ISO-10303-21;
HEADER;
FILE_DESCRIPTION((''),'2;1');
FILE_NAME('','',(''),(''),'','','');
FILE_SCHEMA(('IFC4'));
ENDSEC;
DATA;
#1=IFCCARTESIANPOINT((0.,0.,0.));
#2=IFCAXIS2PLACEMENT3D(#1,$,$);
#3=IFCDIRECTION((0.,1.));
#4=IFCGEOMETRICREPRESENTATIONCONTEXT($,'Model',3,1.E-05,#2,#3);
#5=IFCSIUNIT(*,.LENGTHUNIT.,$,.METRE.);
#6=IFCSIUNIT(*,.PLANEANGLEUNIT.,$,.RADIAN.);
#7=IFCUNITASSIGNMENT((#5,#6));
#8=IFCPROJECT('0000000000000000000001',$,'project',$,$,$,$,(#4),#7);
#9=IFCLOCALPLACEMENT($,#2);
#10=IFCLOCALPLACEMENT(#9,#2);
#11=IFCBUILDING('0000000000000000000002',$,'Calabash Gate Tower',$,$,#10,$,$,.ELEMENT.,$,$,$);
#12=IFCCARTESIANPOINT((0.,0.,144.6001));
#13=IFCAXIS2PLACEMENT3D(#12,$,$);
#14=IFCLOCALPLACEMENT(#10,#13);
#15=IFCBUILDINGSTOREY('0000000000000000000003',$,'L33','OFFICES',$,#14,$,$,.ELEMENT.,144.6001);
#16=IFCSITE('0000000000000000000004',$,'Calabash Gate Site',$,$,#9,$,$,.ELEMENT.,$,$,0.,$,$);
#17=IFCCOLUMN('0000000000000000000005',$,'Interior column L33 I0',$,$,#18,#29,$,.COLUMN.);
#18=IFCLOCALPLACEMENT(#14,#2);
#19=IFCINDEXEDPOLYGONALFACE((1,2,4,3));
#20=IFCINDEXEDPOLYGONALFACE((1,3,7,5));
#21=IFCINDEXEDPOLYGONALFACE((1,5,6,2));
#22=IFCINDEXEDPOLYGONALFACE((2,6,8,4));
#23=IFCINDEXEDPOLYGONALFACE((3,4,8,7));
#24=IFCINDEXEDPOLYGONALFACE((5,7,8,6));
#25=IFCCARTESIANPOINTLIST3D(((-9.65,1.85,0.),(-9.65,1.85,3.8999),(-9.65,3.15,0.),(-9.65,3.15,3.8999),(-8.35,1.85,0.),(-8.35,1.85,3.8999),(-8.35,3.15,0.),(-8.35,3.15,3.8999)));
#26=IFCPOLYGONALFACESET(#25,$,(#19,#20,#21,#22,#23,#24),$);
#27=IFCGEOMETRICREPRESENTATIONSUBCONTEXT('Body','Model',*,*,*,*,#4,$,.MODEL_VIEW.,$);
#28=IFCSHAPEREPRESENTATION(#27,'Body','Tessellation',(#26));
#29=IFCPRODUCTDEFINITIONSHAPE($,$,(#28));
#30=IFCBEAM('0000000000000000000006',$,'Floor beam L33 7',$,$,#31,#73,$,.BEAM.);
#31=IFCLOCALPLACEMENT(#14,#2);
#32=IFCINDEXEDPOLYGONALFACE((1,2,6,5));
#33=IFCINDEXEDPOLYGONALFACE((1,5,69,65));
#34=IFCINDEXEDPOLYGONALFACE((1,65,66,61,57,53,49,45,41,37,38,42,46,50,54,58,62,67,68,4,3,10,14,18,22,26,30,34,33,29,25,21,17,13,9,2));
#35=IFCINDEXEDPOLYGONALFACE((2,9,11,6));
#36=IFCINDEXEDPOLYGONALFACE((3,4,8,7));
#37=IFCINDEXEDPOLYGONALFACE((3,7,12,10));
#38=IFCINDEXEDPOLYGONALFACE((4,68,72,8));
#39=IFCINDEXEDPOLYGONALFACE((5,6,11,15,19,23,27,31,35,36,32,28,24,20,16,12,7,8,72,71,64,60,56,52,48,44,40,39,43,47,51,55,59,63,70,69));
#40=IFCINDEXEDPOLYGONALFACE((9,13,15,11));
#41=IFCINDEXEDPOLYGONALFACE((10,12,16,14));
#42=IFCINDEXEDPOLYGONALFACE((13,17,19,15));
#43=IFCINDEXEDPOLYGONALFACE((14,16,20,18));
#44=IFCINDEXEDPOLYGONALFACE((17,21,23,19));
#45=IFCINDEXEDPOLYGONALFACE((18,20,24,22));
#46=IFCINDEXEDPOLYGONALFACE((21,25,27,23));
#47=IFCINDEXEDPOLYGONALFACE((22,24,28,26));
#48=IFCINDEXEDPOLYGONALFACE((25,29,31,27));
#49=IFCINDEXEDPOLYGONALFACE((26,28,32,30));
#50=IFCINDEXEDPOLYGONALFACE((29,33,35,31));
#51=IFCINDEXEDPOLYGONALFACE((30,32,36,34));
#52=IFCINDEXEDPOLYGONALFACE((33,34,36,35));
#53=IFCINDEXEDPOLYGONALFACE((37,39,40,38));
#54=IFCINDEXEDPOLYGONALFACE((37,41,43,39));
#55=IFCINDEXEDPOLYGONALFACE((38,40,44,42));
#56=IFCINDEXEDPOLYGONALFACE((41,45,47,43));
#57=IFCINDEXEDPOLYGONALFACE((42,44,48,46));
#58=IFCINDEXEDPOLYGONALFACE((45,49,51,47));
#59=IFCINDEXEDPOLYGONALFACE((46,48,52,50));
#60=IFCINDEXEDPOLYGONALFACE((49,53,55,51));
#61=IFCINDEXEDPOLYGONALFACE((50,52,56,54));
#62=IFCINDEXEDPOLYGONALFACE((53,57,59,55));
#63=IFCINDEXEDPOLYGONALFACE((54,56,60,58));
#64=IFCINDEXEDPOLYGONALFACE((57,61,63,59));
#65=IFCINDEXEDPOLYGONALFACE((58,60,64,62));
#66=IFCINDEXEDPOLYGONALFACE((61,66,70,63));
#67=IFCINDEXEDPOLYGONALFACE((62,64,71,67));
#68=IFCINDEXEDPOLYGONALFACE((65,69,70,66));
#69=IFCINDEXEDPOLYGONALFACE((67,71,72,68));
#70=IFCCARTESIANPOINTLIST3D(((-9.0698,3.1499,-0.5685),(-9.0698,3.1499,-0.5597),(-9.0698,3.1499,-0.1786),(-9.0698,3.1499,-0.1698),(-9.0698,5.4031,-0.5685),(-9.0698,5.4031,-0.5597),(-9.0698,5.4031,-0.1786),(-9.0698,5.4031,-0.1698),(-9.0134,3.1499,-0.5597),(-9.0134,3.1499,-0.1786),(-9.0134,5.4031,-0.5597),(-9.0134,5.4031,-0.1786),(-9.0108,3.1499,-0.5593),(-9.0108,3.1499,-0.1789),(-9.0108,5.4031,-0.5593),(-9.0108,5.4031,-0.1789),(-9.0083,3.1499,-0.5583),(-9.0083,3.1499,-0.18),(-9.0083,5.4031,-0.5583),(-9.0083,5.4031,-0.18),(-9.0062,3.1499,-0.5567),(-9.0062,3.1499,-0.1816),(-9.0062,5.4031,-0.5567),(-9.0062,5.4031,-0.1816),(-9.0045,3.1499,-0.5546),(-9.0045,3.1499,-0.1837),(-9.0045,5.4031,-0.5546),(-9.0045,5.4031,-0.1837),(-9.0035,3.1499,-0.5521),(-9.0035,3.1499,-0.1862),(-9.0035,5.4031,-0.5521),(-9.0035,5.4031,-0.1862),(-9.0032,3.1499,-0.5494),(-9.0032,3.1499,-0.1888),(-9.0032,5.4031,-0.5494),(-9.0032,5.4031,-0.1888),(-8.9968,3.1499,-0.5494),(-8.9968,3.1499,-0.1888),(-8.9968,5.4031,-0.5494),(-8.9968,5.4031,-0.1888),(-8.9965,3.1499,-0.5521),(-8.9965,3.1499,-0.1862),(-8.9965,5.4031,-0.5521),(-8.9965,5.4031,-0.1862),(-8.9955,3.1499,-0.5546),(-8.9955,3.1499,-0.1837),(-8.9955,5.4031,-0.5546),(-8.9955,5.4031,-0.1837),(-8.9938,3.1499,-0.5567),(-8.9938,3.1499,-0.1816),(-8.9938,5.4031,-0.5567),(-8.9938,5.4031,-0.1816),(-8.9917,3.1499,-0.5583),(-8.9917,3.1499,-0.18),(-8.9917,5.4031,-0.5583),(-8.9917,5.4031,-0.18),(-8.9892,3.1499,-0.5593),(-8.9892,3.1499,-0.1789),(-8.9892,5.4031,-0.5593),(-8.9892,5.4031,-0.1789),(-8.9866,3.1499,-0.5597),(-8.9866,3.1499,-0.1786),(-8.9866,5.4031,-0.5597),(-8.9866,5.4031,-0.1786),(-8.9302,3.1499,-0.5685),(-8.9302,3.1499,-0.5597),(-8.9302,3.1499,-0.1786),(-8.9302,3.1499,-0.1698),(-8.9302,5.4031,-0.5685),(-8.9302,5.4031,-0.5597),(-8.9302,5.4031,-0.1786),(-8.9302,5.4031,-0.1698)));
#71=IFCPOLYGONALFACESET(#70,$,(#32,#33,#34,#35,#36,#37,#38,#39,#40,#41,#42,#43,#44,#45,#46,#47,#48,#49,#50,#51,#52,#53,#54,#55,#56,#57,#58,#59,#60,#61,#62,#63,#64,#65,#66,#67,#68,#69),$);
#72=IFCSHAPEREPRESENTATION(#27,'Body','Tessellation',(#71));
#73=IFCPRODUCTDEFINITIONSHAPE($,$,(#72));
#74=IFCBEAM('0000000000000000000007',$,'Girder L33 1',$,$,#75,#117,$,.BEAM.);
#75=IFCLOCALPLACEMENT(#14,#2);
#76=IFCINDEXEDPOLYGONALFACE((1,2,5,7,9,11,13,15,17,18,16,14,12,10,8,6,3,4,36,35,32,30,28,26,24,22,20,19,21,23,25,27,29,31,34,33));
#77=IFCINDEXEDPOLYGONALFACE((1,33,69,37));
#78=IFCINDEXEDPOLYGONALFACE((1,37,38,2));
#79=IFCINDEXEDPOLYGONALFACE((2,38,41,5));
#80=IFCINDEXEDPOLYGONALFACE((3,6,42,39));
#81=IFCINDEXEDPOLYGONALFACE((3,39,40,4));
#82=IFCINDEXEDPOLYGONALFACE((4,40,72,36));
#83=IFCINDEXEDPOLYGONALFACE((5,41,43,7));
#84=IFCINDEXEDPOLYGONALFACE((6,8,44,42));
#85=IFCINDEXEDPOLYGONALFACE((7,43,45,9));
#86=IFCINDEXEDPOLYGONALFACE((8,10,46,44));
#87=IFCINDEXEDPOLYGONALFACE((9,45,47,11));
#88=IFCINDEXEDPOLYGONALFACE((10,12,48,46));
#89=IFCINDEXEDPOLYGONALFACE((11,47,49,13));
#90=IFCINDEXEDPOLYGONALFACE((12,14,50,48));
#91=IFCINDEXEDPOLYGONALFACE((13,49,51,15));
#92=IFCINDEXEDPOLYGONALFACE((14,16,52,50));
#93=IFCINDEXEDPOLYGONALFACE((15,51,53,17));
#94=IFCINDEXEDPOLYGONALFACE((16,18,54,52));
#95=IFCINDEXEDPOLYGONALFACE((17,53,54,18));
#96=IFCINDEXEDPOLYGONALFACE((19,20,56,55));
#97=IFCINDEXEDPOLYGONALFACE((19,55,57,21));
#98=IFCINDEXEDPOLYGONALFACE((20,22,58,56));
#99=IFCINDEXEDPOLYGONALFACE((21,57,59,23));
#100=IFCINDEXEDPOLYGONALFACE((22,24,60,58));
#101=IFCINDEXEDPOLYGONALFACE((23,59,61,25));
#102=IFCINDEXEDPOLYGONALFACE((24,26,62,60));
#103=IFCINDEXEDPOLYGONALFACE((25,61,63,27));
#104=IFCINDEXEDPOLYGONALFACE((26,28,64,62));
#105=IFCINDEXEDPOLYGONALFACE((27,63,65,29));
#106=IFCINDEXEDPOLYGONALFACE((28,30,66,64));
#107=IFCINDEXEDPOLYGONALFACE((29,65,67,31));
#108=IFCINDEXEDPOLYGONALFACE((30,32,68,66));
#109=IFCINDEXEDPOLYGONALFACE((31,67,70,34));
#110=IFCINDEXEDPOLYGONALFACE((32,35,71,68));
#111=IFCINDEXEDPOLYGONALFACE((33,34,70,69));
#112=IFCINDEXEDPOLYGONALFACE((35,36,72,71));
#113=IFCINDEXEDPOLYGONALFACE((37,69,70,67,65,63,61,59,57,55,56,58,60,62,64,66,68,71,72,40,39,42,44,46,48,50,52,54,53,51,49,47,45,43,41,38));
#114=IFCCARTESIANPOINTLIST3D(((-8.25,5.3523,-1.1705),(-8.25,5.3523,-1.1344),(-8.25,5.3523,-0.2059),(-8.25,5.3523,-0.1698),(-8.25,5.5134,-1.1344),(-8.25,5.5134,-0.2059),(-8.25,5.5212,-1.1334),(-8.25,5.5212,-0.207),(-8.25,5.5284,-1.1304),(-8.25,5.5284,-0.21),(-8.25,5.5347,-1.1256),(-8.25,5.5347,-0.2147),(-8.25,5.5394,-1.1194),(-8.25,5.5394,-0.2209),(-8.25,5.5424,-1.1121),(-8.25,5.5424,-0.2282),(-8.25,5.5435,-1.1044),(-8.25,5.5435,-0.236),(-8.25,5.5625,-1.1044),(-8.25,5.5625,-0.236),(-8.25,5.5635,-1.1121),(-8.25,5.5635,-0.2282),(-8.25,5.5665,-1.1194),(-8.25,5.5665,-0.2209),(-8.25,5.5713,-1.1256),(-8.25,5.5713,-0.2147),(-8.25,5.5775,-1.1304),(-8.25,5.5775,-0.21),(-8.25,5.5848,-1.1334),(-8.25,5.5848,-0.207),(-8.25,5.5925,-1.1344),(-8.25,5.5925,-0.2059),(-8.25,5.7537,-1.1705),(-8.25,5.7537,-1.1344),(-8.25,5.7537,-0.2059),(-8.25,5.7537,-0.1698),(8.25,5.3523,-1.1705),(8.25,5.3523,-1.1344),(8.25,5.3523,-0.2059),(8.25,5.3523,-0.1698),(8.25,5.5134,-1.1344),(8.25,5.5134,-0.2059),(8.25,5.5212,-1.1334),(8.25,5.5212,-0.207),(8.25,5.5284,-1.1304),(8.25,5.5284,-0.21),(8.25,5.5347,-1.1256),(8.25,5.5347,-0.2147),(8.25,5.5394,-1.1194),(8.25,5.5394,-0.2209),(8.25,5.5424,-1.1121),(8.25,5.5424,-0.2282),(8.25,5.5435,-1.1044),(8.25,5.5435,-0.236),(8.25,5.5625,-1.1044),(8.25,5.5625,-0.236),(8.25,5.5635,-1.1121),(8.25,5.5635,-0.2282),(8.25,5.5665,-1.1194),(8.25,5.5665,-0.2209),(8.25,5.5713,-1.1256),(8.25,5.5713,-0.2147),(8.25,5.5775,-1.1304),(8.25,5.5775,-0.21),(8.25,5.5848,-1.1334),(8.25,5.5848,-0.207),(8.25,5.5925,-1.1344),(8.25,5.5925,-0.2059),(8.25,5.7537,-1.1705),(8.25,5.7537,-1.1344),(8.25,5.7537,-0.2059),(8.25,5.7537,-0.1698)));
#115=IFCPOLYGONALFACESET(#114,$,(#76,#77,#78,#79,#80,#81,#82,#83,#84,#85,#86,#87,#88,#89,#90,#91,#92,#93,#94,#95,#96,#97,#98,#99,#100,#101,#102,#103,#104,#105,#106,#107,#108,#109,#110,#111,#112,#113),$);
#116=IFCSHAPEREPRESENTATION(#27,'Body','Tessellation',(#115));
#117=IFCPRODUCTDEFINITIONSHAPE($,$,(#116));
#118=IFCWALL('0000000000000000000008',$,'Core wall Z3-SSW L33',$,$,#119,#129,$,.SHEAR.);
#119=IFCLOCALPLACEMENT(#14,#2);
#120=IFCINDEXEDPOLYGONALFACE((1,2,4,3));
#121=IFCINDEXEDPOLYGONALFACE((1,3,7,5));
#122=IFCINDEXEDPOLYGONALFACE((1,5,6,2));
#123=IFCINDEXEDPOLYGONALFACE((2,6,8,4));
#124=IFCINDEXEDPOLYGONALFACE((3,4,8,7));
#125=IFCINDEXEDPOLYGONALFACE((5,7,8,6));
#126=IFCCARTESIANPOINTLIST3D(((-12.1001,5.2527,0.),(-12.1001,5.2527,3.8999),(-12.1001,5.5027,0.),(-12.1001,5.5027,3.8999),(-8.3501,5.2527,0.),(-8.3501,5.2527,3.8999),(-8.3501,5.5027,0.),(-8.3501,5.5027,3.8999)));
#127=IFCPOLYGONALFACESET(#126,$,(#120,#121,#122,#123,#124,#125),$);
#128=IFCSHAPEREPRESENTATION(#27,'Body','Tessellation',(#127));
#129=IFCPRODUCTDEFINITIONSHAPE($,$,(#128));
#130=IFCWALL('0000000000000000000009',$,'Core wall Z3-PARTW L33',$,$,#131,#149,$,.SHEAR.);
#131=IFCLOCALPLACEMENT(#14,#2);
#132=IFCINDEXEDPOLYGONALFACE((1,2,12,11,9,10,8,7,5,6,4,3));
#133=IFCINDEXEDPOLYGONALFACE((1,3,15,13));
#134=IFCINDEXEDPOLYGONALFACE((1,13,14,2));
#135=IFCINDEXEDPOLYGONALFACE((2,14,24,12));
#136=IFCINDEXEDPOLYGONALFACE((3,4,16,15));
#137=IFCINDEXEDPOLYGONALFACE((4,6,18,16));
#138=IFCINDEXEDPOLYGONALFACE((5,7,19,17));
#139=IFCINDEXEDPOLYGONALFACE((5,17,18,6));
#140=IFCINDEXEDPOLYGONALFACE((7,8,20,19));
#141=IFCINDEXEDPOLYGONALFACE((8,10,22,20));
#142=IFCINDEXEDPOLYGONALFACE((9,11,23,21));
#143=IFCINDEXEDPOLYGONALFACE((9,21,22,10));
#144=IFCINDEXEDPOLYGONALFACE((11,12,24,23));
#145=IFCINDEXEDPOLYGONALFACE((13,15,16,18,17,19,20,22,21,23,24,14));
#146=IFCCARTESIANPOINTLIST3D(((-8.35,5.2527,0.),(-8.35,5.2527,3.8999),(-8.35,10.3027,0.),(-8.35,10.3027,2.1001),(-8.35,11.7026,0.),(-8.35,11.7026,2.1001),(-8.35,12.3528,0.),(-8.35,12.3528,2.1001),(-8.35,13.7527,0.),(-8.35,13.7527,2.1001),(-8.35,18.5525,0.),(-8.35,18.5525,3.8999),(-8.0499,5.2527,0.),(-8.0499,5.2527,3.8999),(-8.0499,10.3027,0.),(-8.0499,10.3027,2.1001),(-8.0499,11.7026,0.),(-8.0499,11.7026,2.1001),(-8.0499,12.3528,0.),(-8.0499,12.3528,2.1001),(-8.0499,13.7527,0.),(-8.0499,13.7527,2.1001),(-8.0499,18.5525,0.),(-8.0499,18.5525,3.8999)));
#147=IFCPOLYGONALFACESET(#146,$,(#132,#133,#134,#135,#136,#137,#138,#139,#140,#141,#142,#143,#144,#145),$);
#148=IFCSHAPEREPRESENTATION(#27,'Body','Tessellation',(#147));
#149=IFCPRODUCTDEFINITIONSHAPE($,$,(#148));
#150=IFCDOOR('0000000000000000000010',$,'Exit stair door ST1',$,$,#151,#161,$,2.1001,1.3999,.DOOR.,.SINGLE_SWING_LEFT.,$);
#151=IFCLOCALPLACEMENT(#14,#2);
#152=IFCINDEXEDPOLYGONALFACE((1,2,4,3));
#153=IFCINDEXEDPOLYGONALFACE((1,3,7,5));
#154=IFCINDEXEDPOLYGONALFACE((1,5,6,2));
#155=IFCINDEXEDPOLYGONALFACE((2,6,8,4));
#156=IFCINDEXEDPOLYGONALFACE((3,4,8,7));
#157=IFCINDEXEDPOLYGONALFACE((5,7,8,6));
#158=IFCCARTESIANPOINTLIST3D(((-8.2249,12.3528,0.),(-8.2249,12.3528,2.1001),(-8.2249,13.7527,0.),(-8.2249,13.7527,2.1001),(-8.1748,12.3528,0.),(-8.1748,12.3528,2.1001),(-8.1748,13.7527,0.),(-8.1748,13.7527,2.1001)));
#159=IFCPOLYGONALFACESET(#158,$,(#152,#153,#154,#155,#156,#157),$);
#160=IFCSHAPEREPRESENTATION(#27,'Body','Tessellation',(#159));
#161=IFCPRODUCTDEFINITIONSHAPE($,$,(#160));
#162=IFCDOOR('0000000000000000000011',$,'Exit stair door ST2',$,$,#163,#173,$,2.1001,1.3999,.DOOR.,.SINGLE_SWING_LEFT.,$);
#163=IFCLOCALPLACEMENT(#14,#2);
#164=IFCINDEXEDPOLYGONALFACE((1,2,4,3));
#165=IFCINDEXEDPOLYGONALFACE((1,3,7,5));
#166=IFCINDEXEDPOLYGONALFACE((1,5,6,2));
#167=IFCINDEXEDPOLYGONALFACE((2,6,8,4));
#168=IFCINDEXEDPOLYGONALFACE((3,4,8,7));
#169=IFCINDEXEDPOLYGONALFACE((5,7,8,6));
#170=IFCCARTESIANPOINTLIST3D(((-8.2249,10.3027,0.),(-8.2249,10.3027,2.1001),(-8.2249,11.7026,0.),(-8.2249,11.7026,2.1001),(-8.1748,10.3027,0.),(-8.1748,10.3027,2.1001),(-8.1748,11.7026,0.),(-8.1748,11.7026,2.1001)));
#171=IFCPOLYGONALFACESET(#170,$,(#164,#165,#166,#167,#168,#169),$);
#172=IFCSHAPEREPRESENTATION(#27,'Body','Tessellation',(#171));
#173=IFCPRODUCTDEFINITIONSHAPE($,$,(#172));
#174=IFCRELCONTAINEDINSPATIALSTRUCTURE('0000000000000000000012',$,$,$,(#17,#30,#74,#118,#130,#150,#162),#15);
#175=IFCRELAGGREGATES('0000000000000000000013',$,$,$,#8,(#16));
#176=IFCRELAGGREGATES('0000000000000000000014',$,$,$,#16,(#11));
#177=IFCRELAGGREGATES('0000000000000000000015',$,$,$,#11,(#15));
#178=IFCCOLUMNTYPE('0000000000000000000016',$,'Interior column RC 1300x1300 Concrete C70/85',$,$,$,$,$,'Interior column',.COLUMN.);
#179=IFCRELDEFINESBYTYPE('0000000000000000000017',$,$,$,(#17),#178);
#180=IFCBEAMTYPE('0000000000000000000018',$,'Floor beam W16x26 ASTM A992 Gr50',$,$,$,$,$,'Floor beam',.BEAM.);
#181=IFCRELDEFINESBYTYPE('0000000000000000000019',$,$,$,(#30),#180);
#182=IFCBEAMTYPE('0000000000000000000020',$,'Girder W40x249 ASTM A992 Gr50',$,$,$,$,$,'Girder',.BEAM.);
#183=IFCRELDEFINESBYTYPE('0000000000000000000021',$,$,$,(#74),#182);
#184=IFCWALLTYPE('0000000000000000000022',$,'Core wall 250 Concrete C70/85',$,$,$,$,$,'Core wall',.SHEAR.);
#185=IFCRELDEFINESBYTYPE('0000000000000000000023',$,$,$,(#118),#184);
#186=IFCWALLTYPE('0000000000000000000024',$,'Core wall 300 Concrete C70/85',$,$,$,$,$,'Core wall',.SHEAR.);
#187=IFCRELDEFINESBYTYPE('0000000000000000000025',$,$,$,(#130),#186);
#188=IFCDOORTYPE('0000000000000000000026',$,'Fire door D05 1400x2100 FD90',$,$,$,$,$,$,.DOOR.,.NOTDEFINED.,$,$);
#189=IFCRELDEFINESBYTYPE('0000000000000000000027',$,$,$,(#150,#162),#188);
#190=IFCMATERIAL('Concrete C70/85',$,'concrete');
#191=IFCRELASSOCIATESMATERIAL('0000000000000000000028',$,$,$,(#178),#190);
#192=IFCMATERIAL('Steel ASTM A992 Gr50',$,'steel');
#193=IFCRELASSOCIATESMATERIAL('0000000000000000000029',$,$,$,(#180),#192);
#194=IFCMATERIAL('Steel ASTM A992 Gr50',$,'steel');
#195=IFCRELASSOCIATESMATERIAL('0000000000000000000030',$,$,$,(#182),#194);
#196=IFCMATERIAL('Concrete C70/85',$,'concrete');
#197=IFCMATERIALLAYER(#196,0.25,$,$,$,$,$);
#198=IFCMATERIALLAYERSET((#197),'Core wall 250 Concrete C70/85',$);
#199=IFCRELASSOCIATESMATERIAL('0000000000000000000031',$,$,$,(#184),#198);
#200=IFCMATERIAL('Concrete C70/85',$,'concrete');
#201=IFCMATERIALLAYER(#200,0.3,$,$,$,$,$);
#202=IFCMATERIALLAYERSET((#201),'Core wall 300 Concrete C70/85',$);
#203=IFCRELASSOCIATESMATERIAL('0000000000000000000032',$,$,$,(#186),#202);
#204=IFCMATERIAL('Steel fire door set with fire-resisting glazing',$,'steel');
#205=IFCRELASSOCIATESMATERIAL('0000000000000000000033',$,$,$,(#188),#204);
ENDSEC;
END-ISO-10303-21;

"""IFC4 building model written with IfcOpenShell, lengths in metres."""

from ifc_helpers import new_model, si_unit, direction, frame, frame_2d, origin, origin_2d, place, context, subcontext, project, spatial, rectangle, i_section, extrude, material, layer, layer_set, material_profile, profile_set, type_object, element, fill, save


model = new_model("IFC4")

# Units and contexts
model_context = context("Model", 3, precision=1e-05, world=origin(), true_north=direction((0.0, 1.0)))
body_context = subcontext(model_context, "Body", "Model", "MODEL_VIEW")
ifc_project = project(units=[si_unit("LENGTHUNIT", "METRE"), si_unit("PLANEANGLEUNIT", "RADIAN")], contexts=[model_context])

# Site, building, storey
site_placement = place(None, origin())
site = spatial("IfcSite", under=ifc_project, at=site_placement, Name="Calabash Gate Site", CompositionType="ELEMENT", RefElevation=0.0)
building_placement = place(site_placement, origin())
building = spatial("IfcBuilding", under=site, at=building_placement, Name="Calabash Gate Tower", CompositionType="ELEMENT")
storey_placement = place(building_placement, frame((0.0, 0.0, 144.6001)))
storey = spatial("IfcBuildingStorey", under=building, at=storey_placement, Name="L33", Description="OFFICES", CompositionType="ELEMENT", Elevation=144.6001)

# Column
ifc_material_1 = material(Name="Concrete C70/85", Category="concrete")
ifc_material_profile_1 = material_profile(ifc_material_1, rectangle(XDim=1.3, YDim=1.3, at=origin_2d()))
ifc_profile_set_1 = profile_set([ifc_material_profile_1], Name="Concrete C70/85")
column_type = type_object("IfcColumnType", Name="Interior column RC 1300x1300 Concrete C70/85", ElementType="Interior column", PredefinedType="COLUMN", material=ifc_profile_set_1)
column_placement = place(storey_placement, frame((-9.0, 2.5, 0.0), z_axis=(0.0, 0.0, 1.0), x_axis=(1.0, 0.0, 0.0)))
element("IfcColumn", 1, at=column_placement, inside=storey, type_object=column_type, Name="Interior column L33 I0", PredefinedType="COLUMN", context=body_context, shape_type="SweptSolid", body=[
    extrude(rectangle(XDim=1.3, YDim=1.3, at=origin_2d()), origin(), (0.0, 0.0, 1.0), 3.8999),
])

# Beams
ifc_material_2 = material(Name="Steel ASTM A992 Gr50", Category="steel")
ifc_material_profile_2 = material_profile(ifc_material_2, i_section(OverallWidth=0.1396, OverallDepth=0.3987, WebThickness=0.0063, FlangeThickness=0.0088, FilletRadius=0.0103, at=origin_2d()))
ifc_profile_set_2 = profile_set([ifc_material_profile_2], Name="Steel ASTM A992 Gr50")
beam_type_1 = type_object("IfcBeamType", Name="Floor beam W16x26 ASTM A992 Gr50", ElementType="Floor beam", PredefinedType="BEAM", material=ifc_profile_set_2)
beam_1_placement = place(storey_placement, frame((-9.0, 3.1499, -0.3691), z_axis=(0.0, 1.0, 0.0), x_axis=(-1.0, 0.0, 0.0)))
element("IfcBeam", 2, at=beam_1_placement, inside=storey, type_object=beam_type_1, Name="Floor beam L33 7", PredefinedType="BEAM", context=body_context, shape_type="SweptSolid", body=[
    extrude(i_section(OverallWidth=0.1396, OverallDepth=0.3987, WebThickness=0.0063, FlangeThickness=0.0088, FilletRadius=0.0103, at=origin_2d()), origin(), (0.0, 0.0, 1.0), 2.2532),
])
ifc_material_3 = material(Name="Steel ASTM A992 Gr50", Category="steel")
ifc_material_profile_3 = material_profile(ifc_material_3, i_section(OverallWidth=0.4014, OverallDepth=1.0007, WebThickness=0.019, FlangeThickness=0.0361, FilletRadius=0.03, at=origin_2d()))
ifc_profile_set_3 = profile_set([ifc_material_profile_3], Name="Steel ASTM A992 Gr50")
beam_type_2 = type_object("IfcBeamType", Name="Girder W40x249 ASTM A992 Gr50", ElementType="Girder", PredefinedType="BEAM", material=ifc_profile_set_3)
beam_2_placement = place(storey_placement, frame((-8.25, 5.553, -0.6702), z_axis=(1.0, 0.0, 0.0), x_axis=(0.0, 1.0, 0.0)))
element("IfcBeam", 3, at=beam_2_placement, inside=storey, type_object=beam_type_2, Name="Girder L33 1", PredefinedType="BEAM", context=body_context, shape_type="SweptSolid", body=[
    extrude(i_section(OverallWidth=0.4014, OverallDepth=1.0007, WebThickness=0.019, FlangeThickness=0.0361, FilletRadius=0.03, at=origin_2d()), origin(), (0.0, 0.0, 1.0), 16.5),
])

# Wall
ifc_material_4 = material(Name="Concrete C70/85", Category="concrete")
ifc_layer_1 = layer(ifc_material_4, 0.25)
ifc_layer_set_1 = layer_set([ifc_layer_1], Name="Core wall 250 Concrete C70/85")
wall_type_1 = type_object("IfcWallType", Name="Core wall 250 Concrete C70/85", ElementType="Core wall", PredefinedType="SHEAR", material=ifc_layer_set_1)
wall_1_placement = place(storey_placement, frame((-12.1001, 5.3777, 0.0), z_axis=(0.0, 0.0, 1.0), x_axis=(1.0, 0.0, 0.0)))
element("IfcWall", 4, at=wall_1_placement, inside=storey, type_object=wall_type_1, Name="Core wall Z3-SSW L33", PredefinedType="SHEAR", context=body_context, shape_type="SweptSolid", body=[
    extrude(rectangle(XDim=3.75, YDim=0.25, at=frame_2d((1.875, 0.0))), origin(), (0.0, 0.0, 1.0), 3.8999),
])

# Wall, openings, doors
ifc_material_5 = material(Name="Concrete C70/85", Category="concrete")
ifc_layer_2 = layer(ifc_material_5, 0.3)
ifc_layer_set_2 = layer_set([ifc_layer_2], Name="Core wall 300 Concrete C70/85")
wall_type_2 = type_object("IfcWallType", Name="Core wall 300 Concrete C70/85", ElementType="Core wall", PredefinedType="SHEAR", material=ifc_layer_set_2)
wall_2_placement = place(storey_placement, frame((-8.2, 5.2527, 0.0), z_axis=(0.0, 0.0, 1.0), x_axis=(0.0, 1.0, 0.0)))
wall_2 = element("IfcWall", 5, at=wall_2_placement, inside=storey, type_object=wall_type_2, Name="Core wall Z3-PARTW L33", PredefinedType="SHEAR", context=body_context, shape_type="SweptSolid", body=[
    extrude(rectangle(XDim=13.2998, YDim=0.3, at=frame_2d((6.6499, 0.0))), origin(), (0.0, 0.0, 1.0), 3.8999),
])
opening_1_placement = place(wall_2_placement, frame((7.1001, 0.0, 0.0)))
opening_1 = element("IfcOpeningElement", 6, at=opening_1_placement, cuts=wall_2, PredefinedType="OPENING", context=body_context, shape_type="SweptSolid", body=[
    extrude(rectangle(XDim=1.3999, YDim=2.1001, at=frame_2d((0.7, 1.05))), frame((0.0, 0.1599, 0.0), z_axis=(0.0, -1.0, 0.0), x_axis=(1.0, 0.0, 0.0)), (0.0, 0.0, 1.0), 0.3201),
])
opening_2_placement = place(wall_2_placement, frame((5.05, 0.0, 0.0)))
opening_2 = element("IfcOpeningElement", 7, at=opening_2_placement, cuts=wall_2, PredefinedType="OPENING", context=body_context, shape_type="SweptSolid", body=[
    extrude(rectangle(XDim=1.3999, YDim=2.1001, at=frame_2d((0.7, 1.05))), frame((0.0, 0.1599, 0.0), z_axis=(0.0, -1.0, 0.0), x_axis=(1.0, 0.0, 0.0)), (0.0, 0.0, 1.0), 0.3201),
])
ifc_material_6 = material(Name="Steel fire door set with fire-resisting glazing", Category="steel")
door_type_1 = type_object("IfcDoorType", Name="Fire door D05 1400x2100 FD90", OperationType="NOTDEFINED", PredefinedType="DOOR", material=ifc_material_6)
door_1_placement = place(opening_1_placement, origin())
door_1 = element("IfcDoor", 8, at=door_1_placement, inside=storey, type_object=door_type_1, Name="Exit stair door ST1", OperationType="SINGLE_SWING_LEFT", OverallHeight=2.1001, OverallWidth=1.3999, PredefinedType="DOOR", context=body_context, shape_type="SweptSolid", body=[
    extrude(rectangle(XDim=1.3999, YDim=2.1001, at=frame_2d((0.7, 1.05))), frame((0.0, 0.0249, 0.0), z_axis=(0.0, -1.0, 0.0), x_axis=(1.0, 0.0, 0.0)), (0.0, 0.0, 1.0), 0.05),
])
fill(opening_1, door_1)
door_2_placement = place(opening_2_placement, origin())
door_2 = element("IfcDoor", 9, at=door_2_placement, inside=storey, type_object=door_type_1, Name="Exit stair door ST2", OperationType="SINGLE_SWING_LEFT", OverallHeight=2.1001, OverallWidth=1.3999, PredefinedType="DOOR", context=body_context, shape_type="SweptSolid", body=[
    extrude(rectangle(XDim=1.3999, YDim=2.1001, at=frame_2d((0.7, 1.05))), frame((0.0, 0.0249, 0.0), z_axis=(0.0, -1.0, 0.0), x_axis=(1.0, 0.0, 0.0)), (0.0, 0.0, 1.0), 0.05),
])
fill(opening_2, door_2)

save(model, "model.ifc")
